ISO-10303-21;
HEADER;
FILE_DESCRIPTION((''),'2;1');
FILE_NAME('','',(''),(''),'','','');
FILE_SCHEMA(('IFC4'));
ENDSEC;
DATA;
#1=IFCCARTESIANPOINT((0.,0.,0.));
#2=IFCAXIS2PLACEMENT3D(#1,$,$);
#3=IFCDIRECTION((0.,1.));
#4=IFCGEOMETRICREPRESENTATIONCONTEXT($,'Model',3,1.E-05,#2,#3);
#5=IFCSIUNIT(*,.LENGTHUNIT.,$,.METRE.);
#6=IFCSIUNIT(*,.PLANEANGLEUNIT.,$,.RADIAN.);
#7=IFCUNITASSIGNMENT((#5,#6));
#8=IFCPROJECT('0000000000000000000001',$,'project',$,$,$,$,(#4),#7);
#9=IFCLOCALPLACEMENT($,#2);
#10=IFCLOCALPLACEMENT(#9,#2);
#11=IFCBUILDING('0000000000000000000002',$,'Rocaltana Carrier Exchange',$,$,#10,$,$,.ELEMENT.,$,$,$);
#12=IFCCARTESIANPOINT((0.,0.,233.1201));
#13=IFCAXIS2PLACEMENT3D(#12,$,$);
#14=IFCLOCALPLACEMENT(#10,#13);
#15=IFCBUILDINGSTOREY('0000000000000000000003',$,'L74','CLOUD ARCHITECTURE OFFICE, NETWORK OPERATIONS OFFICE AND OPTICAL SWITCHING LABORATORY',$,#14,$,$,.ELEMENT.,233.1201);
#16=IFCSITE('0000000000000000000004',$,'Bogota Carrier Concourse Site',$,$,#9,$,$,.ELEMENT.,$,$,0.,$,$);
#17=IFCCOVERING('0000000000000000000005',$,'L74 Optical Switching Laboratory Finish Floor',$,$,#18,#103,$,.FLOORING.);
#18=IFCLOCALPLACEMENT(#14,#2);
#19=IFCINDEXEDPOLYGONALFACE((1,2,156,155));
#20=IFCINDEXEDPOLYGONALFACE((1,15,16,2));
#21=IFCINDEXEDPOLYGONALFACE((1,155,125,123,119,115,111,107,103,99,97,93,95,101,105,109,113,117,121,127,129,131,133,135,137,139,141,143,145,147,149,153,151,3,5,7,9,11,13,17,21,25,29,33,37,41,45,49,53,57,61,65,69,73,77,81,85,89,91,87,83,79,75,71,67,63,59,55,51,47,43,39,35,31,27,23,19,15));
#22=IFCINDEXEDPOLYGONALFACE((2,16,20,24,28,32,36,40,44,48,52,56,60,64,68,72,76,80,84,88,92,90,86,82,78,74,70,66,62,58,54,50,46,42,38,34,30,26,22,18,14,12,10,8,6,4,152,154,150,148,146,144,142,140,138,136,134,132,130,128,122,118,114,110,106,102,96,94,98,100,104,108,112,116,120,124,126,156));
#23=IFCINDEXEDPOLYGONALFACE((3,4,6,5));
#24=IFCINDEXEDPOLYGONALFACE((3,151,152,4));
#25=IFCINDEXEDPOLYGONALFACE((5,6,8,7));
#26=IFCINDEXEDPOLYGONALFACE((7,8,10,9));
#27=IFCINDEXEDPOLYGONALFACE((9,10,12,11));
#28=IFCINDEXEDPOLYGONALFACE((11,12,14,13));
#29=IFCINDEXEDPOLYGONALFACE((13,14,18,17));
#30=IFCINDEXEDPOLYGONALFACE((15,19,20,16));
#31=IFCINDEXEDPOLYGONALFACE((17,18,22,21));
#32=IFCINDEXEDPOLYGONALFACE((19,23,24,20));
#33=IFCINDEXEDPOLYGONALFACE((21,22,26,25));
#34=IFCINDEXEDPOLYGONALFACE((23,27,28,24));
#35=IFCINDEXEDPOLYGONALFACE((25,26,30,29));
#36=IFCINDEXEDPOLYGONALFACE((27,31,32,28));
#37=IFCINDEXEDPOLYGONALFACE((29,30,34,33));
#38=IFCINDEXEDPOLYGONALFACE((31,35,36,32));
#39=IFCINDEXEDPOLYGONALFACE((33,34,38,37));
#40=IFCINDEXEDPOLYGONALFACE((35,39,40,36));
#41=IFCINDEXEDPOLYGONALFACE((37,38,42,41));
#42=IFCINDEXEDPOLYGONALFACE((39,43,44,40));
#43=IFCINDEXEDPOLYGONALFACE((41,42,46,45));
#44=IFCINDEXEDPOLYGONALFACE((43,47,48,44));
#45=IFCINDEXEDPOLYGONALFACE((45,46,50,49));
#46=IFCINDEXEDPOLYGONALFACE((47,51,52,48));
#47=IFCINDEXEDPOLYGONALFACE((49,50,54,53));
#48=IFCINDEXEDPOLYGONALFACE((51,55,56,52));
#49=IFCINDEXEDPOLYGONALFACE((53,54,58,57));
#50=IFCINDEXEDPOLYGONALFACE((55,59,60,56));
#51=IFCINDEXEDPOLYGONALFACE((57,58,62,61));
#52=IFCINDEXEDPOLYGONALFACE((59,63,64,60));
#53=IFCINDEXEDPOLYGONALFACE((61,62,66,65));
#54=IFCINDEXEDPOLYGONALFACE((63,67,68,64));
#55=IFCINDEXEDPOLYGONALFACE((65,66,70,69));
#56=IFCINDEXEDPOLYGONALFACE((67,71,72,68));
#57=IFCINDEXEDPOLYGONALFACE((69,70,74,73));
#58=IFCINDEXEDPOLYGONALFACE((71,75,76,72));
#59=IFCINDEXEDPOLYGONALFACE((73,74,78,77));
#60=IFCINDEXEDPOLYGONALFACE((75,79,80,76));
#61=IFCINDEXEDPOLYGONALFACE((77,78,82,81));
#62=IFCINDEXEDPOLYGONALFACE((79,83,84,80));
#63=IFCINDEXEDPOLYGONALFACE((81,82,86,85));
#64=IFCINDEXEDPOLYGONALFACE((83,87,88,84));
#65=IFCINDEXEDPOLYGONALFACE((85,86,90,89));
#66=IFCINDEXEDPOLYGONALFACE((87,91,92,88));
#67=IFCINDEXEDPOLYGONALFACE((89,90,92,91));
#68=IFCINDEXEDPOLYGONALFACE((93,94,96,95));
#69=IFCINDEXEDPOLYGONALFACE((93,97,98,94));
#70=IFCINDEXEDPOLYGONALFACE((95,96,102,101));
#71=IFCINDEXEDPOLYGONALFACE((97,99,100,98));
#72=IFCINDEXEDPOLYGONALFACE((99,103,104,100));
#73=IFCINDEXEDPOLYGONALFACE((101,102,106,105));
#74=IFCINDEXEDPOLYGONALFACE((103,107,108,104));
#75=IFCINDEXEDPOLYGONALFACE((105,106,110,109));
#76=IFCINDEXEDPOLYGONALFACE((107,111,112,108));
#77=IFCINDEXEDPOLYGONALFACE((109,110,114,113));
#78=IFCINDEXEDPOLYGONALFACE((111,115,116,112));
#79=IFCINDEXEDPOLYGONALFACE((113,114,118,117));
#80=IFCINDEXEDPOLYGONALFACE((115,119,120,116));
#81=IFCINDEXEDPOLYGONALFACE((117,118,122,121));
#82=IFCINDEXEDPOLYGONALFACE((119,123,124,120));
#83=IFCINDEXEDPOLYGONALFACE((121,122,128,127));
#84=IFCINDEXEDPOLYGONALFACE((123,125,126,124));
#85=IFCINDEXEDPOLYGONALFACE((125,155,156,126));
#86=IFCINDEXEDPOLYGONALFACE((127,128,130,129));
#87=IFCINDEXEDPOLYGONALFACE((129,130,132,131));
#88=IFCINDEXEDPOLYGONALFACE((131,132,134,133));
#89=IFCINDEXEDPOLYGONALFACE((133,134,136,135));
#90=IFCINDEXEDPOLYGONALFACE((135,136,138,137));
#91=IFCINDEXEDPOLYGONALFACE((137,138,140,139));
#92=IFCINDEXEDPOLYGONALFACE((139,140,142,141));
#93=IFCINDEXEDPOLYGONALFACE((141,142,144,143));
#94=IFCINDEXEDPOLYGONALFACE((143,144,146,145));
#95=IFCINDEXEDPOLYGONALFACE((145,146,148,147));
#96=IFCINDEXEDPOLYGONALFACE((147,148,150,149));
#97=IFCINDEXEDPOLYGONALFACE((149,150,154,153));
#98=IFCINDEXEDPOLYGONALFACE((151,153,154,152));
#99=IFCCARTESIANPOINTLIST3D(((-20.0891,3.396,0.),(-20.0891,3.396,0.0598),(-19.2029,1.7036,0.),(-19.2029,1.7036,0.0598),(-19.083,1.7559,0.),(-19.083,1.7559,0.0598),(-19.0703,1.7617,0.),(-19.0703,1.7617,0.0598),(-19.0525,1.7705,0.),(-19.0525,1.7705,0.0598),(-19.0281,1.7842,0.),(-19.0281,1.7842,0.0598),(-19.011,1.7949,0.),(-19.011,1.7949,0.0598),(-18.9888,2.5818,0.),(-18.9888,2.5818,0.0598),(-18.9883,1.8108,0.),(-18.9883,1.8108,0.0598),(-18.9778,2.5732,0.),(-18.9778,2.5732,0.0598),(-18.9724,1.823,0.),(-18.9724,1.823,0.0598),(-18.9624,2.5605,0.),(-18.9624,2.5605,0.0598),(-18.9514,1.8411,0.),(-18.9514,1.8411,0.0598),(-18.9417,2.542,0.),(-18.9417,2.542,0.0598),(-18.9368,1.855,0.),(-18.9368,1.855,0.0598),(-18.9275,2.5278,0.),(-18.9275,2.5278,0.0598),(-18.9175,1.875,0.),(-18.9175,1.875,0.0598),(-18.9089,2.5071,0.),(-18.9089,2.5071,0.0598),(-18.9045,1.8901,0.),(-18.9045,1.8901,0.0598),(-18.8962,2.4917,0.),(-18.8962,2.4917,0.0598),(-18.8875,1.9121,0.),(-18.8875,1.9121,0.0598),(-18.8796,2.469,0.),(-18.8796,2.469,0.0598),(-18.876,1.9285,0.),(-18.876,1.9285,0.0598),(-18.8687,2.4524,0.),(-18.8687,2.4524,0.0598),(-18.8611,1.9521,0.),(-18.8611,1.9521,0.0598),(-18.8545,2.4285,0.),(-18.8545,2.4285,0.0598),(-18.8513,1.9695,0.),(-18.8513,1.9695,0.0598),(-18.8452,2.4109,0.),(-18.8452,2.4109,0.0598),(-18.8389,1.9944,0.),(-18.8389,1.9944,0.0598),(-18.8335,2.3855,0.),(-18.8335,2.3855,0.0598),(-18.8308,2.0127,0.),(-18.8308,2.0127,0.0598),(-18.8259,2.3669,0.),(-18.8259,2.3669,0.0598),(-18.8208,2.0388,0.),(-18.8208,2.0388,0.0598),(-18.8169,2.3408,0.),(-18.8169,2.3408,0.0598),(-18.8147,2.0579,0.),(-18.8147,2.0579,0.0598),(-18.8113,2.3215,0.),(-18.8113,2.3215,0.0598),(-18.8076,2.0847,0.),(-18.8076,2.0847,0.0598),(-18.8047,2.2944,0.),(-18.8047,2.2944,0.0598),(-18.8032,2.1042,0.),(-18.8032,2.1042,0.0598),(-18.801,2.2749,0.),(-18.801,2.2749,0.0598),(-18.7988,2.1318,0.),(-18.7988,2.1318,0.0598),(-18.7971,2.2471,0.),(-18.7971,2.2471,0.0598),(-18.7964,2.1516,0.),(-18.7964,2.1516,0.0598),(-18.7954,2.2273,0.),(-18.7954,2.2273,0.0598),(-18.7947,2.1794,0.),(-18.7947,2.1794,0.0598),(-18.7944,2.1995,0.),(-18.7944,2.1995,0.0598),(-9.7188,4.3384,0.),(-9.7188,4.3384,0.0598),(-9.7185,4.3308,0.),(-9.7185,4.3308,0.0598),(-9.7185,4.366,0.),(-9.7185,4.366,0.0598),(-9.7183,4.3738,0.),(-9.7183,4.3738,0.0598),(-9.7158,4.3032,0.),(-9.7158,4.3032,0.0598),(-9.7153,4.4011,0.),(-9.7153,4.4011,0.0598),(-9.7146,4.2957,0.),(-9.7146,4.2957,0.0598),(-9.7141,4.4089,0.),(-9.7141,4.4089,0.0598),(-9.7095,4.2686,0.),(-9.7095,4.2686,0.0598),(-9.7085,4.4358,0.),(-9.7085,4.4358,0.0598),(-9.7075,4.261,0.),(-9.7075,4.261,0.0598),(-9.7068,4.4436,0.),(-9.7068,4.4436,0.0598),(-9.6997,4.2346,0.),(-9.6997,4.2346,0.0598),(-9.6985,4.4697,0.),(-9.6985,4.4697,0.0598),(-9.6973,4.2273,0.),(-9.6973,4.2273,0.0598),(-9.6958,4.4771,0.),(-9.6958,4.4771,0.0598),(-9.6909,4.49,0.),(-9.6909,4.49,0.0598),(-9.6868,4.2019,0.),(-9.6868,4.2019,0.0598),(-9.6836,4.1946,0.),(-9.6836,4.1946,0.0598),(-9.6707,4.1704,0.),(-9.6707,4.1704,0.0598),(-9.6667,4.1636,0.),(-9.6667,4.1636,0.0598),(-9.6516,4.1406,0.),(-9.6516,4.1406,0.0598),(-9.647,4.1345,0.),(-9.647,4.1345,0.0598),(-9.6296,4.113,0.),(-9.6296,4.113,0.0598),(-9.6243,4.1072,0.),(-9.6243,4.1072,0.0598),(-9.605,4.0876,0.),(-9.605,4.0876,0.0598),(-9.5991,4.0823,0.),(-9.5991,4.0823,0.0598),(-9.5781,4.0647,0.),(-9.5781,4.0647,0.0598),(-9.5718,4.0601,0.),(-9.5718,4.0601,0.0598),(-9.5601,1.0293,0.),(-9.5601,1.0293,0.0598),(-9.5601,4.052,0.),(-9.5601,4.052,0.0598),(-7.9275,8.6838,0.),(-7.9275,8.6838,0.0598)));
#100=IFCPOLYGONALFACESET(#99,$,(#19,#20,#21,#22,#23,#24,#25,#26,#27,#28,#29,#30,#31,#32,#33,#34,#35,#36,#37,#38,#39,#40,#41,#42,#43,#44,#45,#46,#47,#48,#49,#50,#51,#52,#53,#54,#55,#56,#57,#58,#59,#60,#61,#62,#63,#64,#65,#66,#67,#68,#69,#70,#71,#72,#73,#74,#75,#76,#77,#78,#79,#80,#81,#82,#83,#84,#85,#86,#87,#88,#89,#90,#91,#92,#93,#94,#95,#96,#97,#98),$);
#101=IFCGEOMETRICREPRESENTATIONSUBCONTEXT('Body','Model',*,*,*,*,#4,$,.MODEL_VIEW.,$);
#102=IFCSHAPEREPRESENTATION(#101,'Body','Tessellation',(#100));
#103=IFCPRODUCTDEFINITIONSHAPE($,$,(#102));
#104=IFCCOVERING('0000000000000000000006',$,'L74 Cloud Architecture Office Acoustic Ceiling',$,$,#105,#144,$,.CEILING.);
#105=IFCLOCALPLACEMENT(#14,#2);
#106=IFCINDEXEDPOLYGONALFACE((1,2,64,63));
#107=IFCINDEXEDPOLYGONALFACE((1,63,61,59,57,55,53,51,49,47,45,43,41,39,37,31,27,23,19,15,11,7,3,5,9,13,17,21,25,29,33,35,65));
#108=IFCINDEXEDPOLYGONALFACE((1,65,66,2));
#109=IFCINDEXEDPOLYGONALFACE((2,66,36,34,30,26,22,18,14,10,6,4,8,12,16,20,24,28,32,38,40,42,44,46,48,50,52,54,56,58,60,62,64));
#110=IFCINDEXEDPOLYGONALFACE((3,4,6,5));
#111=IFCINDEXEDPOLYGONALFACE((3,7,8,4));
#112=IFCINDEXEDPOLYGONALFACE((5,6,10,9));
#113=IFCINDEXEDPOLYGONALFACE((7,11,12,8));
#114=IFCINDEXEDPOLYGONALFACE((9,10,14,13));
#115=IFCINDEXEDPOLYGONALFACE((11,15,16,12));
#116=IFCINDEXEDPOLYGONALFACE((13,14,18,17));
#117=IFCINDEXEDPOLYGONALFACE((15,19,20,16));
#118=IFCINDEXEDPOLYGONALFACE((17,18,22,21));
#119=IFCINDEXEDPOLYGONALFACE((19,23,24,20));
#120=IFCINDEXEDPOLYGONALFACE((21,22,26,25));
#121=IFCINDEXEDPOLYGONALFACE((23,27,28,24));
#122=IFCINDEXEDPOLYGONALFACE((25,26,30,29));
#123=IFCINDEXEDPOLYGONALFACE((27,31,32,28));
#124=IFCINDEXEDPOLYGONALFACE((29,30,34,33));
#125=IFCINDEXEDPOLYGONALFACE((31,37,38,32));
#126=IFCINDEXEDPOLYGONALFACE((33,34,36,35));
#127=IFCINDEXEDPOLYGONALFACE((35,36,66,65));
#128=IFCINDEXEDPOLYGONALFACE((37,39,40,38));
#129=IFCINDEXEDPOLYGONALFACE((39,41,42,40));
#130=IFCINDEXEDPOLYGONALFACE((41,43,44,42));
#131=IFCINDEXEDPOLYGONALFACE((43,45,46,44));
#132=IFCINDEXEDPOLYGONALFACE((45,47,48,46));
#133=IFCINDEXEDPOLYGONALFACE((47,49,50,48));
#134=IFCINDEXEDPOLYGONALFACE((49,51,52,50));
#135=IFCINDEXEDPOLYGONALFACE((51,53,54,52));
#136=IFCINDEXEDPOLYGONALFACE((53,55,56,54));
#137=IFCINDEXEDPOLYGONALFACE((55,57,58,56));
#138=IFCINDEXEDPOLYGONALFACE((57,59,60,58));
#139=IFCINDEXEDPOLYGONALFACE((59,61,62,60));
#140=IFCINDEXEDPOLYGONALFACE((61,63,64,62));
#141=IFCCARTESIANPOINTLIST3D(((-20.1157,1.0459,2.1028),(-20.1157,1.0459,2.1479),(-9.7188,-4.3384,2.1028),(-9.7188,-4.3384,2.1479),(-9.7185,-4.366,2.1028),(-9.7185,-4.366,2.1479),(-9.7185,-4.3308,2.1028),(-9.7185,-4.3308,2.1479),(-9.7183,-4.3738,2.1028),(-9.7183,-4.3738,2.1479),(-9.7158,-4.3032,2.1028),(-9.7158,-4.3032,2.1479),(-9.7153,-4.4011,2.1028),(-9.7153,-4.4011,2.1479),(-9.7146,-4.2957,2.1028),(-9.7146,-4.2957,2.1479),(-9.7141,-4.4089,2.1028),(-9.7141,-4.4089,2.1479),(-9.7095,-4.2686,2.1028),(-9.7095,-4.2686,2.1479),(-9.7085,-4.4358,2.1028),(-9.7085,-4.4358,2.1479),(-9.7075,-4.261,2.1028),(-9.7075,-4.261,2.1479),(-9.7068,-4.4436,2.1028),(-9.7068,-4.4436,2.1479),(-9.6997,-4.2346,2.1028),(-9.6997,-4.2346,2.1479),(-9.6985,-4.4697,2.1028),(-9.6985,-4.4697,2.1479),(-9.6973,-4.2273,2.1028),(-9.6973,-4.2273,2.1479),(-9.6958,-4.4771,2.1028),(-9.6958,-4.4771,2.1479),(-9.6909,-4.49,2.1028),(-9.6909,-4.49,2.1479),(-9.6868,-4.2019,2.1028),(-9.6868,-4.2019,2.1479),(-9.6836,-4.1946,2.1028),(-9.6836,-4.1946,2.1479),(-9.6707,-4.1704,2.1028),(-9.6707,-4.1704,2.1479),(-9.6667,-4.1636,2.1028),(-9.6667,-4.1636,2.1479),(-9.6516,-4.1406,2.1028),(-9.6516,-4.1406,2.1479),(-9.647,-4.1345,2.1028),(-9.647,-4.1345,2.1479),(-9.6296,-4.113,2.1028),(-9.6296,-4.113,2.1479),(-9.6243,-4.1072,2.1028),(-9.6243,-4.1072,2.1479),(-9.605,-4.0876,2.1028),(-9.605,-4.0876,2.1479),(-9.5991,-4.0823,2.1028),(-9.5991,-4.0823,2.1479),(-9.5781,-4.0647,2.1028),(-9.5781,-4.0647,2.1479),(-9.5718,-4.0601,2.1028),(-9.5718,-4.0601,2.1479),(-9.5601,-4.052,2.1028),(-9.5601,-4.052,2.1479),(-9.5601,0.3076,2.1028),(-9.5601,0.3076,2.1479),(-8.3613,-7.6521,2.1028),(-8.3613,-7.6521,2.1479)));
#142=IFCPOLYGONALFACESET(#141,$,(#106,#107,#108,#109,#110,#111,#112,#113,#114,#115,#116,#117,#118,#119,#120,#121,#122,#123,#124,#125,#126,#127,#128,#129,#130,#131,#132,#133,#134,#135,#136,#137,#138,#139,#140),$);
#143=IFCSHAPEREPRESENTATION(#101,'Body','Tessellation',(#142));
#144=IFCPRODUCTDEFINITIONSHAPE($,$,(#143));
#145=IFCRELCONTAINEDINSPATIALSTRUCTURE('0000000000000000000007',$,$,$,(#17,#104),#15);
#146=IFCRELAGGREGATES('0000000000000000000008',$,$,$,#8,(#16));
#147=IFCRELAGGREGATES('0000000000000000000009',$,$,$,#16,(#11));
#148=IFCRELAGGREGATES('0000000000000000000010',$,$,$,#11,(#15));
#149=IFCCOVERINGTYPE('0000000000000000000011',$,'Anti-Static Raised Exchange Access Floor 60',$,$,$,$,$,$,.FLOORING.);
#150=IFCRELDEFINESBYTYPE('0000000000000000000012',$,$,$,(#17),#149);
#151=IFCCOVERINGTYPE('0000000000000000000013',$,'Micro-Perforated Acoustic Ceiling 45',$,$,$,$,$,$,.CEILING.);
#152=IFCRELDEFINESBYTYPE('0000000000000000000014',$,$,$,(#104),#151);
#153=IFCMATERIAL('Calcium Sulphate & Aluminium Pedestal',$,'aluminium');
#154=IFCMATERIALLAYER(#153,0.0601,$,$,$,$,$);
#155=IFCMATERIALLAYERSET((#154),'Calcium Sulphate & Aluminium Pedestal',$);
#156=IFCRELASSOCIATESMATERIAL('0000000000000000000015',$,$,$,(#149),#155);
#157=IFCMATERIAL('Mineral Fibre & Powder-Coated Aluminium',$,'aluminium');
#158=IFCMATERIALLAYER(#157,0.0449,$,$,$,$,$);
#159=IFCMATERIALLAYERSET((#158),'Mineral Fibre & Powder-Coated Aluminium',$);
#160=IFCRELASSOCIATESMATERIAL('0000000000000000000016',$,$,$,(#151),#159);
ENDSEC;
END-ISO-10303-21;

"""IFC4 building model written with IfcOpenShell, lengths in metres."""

from ifc_helpers import new_model, si_unit, direction, frame, origin, place, context, subcontext, project, spatial, polyline, outline, extrude, material, layer, layer_set, type_object, element, save


model = new_model("IFC4")

# Units and contexts
model_context = context("Model", 3, precision=1e-05, world=origin(), true_north=direction((0.0, 1.0)))
body_context = subcontext(model_context, "Body", "Model", "MODEL_VIEW")
ifc_project = project(units=[si_unit("LENGTHUNIT", "METRE"), si_unit("PLANEANGLEUNIT", "RADIAN")], contexts=[model_context])

# Site, building, storey
site_placement = place(None, origin())
site = spatial("IfcSite", under=ifc_project, at=site_placement, Name="Bogota Carrier Concourse Site", CompositionType="ELEMENT", RefElevation=0.0)
building_placement = place(site_placement, origin())
building = spatial("IfcBuilding", under=site, at=building_placement, Name="Rocaltana Carrier Exchange", CompositionType="ELEMENT")
storey_placement = place(building_placement, frame((0.0, 0.0, 233.1201)))
storey = spatial("IfcBuildingStorey", under=building, at=storey_placement, Name="L74", Description="CLOUD ARCHITECTURE OFFICE, NETWORK OPERATIONS OFFICE AND OPTICAL SWITCHING LABORATORY", CompositionType="ELEMENT", Elevation=233.1201)

# Coverings
ifc_material_1 = material(Name="Calcium Sulphate & Aluminium Pedestal", Category="aluminium")
ifc_layer_1 = layer(ifc_material_1, 0.0601)
ifc_layer_set_1 = layer_set([ifc_layer_1], Name="Calcium Sulphate & Aluminium Pedestal")
covering_type_1 = type_object("IfcCoveringType", Name="Anti-Static Raised Exchange Access Floor 60", PredefinedType="FLOORING", material=ifc_layer_set_1)
covering_1_placement = place(storey_placement, origin())
element("IfcCovering", 1, at=covering_1_placement, inside=storey, type_object=covering_type_1, Name="L74 Optical Switching Laboratory Finish Floor", PredefinedType="FLOORING", context=body_context, shape_type="SweptSolid", body=[
    extrude(outline(polyline([(-19.083, 1.7559), (-19.0703, 1.7617), (-19.0525, 1.7705), (-19.0281, 1.7842), (-19.011, 1.7949), (-18.9883, 1.8108), (-18.9724, 1.823), (-18.9514, 1.8411), (-18.9368, 1.855), (-18.9175, 1.875), (-18.9045, 1.8901), (-18.8875, 1.9121), (-18.876, 1.9285), (-18.8611, 1.9521), (-18.8513, 1.9695), (-18.8389, 1.9944), (-18.8308, 2.0127), (-18.8208, 2.0388), (-18.8147, 2.0579), (-18.8076, 2.0847), (-18.8032, 2.1042), (-18.7988, 2.1318), (-18.7964, 2.1516), (-18.7947, 2.1794), (-18.7944, 2.1995), (-18.7954, 2.2273), (-18.7971, 2.2471), (-18.801, 2.2749), (-18.8047, 2.2944), (-18.8113, 2.3215), (-18.8169, 2.3408), (-18.8259, 2.3669), (-18.8335, 2.3855), (-18.8452, 2.4109), (-18.8545, 2.4285), (-18.8687, 2.4524), (-18.8796, 2.469), (-18.8962, 2.4917), (-18.9089, 2.5071), (-18.9275, 2.5278), (-18.9417, 2.542), (-18.9624, 2.5605), (-18.9778, 2.5732), (-18.9888, 2.5818), (-20.0891, 3.396), (-7.9275, 8.6838), (-9.6909, 4.49), (-9.6958, 4.4771), (-9.6985, 4.4697), (-9.7068, 4.4436), (-9.7085, 4.4358), (-9.7141, 4.4089), (-9.7153, 4.4011), (-9.7183, 4.3738), (-9.7185, 4.366), (-9.7188, 4.3384), (-9.7185, 4.3308), (-9.7158, 4.3032), (-9.7146, 4.2957), (-9.7095, 4.2686), (-9.7075, 4.261), (-9.6997, 4.2346), (-9.6973, 4.2273), (-9.6868, 4.2019), (-9.6836, 4.1946), (-9.6707, 4.1704), (-9.6667, 4.1636), (-9.6516, 4.1406), (-9.647, 4.1345), (-9.6296, 4.113), (-9.6243, 4.1072), (-9.605, 4.0876), (-9.5991, 4.0823), (-9.5781, 4.0647), (-9.5718, 4.0601), (-9.5601, 4.052), (-9.5601, 1.0293), (-19.2029, 1.7036), (-19.083, 1.7559)])), origin(), (0.0, 0.0, 1.0), 0.0598),
])
ifc_material_2 = material(Name="Mineral Fibre & Powder-Coated Aluminium", Category="aluminium")
ifc_layer_2 = layer(ifc_material_2, 0.0449)
ifc_layer_set_2 = layer_set([ifc_layer_2], Name="Mineral Fibre & Powder-Coated Aluminium")
covering_type_2 = type_object("IfcCoveringType", Name="Micro-Perforated Acoustic Ceiling 45", PredefinedType="CEILING", material=ifc_layer_set_2)
covering_2_placement = place(storey_placement, frame((0.0, 0.0, 2.1028)))
element("IfcCovering", 2, at=covering_2_placement, inside=storey, type_object=covering_type_2, Name="L74 Cloud Architecture Office Acoustic Ceiling", PredefinedType="CEILING", context=body_context, shape_type="SweptSolid", body=[
    extrude(outline(polyline([(-20.1157, 1.0459), (-9.5601, 0.3076), (-9.5601, -4.052), (-9.5718, -4.0601), (-9.5781, -4.0647), (-9.5991, -4.0823), (-9.605, -4.0876), (-9.6243, -4.1072), (-9.6296, -4.113), (-9.647, -4.1345), (-9.6516, -4.1406), (-9.6667, -4.1636), (-9.6707, -4.1704), (-9.6836, -4.1946), (-9.6868, -4.2019), (-9.6973, -4.2273), (-9.6997, -4.2346), (-9.7075, -4.261), (-9.7095, -4.2686), (-9.7146, -4.2957), (-9.7158, -4.3032), (-9.7185, -4.3308), (-9.7188, -4.3384), (-9.7185, -4.366), (-9.7183, -4.3738), (-9.7153, -4.4011), (-9.7141, -4.4089), (-9.7085, -4.4358), (-9.7068, -4.4436), (-9.6985, -4.4697), (-9.6958, -4.4771), (-9.6909, -4.49), (-8.3613, -7.6521), (-20.1157, 1.0459)])), origin(), (0.0, 0.0, 1.0), 0.0452),
])

save(model, "model.ifc")
